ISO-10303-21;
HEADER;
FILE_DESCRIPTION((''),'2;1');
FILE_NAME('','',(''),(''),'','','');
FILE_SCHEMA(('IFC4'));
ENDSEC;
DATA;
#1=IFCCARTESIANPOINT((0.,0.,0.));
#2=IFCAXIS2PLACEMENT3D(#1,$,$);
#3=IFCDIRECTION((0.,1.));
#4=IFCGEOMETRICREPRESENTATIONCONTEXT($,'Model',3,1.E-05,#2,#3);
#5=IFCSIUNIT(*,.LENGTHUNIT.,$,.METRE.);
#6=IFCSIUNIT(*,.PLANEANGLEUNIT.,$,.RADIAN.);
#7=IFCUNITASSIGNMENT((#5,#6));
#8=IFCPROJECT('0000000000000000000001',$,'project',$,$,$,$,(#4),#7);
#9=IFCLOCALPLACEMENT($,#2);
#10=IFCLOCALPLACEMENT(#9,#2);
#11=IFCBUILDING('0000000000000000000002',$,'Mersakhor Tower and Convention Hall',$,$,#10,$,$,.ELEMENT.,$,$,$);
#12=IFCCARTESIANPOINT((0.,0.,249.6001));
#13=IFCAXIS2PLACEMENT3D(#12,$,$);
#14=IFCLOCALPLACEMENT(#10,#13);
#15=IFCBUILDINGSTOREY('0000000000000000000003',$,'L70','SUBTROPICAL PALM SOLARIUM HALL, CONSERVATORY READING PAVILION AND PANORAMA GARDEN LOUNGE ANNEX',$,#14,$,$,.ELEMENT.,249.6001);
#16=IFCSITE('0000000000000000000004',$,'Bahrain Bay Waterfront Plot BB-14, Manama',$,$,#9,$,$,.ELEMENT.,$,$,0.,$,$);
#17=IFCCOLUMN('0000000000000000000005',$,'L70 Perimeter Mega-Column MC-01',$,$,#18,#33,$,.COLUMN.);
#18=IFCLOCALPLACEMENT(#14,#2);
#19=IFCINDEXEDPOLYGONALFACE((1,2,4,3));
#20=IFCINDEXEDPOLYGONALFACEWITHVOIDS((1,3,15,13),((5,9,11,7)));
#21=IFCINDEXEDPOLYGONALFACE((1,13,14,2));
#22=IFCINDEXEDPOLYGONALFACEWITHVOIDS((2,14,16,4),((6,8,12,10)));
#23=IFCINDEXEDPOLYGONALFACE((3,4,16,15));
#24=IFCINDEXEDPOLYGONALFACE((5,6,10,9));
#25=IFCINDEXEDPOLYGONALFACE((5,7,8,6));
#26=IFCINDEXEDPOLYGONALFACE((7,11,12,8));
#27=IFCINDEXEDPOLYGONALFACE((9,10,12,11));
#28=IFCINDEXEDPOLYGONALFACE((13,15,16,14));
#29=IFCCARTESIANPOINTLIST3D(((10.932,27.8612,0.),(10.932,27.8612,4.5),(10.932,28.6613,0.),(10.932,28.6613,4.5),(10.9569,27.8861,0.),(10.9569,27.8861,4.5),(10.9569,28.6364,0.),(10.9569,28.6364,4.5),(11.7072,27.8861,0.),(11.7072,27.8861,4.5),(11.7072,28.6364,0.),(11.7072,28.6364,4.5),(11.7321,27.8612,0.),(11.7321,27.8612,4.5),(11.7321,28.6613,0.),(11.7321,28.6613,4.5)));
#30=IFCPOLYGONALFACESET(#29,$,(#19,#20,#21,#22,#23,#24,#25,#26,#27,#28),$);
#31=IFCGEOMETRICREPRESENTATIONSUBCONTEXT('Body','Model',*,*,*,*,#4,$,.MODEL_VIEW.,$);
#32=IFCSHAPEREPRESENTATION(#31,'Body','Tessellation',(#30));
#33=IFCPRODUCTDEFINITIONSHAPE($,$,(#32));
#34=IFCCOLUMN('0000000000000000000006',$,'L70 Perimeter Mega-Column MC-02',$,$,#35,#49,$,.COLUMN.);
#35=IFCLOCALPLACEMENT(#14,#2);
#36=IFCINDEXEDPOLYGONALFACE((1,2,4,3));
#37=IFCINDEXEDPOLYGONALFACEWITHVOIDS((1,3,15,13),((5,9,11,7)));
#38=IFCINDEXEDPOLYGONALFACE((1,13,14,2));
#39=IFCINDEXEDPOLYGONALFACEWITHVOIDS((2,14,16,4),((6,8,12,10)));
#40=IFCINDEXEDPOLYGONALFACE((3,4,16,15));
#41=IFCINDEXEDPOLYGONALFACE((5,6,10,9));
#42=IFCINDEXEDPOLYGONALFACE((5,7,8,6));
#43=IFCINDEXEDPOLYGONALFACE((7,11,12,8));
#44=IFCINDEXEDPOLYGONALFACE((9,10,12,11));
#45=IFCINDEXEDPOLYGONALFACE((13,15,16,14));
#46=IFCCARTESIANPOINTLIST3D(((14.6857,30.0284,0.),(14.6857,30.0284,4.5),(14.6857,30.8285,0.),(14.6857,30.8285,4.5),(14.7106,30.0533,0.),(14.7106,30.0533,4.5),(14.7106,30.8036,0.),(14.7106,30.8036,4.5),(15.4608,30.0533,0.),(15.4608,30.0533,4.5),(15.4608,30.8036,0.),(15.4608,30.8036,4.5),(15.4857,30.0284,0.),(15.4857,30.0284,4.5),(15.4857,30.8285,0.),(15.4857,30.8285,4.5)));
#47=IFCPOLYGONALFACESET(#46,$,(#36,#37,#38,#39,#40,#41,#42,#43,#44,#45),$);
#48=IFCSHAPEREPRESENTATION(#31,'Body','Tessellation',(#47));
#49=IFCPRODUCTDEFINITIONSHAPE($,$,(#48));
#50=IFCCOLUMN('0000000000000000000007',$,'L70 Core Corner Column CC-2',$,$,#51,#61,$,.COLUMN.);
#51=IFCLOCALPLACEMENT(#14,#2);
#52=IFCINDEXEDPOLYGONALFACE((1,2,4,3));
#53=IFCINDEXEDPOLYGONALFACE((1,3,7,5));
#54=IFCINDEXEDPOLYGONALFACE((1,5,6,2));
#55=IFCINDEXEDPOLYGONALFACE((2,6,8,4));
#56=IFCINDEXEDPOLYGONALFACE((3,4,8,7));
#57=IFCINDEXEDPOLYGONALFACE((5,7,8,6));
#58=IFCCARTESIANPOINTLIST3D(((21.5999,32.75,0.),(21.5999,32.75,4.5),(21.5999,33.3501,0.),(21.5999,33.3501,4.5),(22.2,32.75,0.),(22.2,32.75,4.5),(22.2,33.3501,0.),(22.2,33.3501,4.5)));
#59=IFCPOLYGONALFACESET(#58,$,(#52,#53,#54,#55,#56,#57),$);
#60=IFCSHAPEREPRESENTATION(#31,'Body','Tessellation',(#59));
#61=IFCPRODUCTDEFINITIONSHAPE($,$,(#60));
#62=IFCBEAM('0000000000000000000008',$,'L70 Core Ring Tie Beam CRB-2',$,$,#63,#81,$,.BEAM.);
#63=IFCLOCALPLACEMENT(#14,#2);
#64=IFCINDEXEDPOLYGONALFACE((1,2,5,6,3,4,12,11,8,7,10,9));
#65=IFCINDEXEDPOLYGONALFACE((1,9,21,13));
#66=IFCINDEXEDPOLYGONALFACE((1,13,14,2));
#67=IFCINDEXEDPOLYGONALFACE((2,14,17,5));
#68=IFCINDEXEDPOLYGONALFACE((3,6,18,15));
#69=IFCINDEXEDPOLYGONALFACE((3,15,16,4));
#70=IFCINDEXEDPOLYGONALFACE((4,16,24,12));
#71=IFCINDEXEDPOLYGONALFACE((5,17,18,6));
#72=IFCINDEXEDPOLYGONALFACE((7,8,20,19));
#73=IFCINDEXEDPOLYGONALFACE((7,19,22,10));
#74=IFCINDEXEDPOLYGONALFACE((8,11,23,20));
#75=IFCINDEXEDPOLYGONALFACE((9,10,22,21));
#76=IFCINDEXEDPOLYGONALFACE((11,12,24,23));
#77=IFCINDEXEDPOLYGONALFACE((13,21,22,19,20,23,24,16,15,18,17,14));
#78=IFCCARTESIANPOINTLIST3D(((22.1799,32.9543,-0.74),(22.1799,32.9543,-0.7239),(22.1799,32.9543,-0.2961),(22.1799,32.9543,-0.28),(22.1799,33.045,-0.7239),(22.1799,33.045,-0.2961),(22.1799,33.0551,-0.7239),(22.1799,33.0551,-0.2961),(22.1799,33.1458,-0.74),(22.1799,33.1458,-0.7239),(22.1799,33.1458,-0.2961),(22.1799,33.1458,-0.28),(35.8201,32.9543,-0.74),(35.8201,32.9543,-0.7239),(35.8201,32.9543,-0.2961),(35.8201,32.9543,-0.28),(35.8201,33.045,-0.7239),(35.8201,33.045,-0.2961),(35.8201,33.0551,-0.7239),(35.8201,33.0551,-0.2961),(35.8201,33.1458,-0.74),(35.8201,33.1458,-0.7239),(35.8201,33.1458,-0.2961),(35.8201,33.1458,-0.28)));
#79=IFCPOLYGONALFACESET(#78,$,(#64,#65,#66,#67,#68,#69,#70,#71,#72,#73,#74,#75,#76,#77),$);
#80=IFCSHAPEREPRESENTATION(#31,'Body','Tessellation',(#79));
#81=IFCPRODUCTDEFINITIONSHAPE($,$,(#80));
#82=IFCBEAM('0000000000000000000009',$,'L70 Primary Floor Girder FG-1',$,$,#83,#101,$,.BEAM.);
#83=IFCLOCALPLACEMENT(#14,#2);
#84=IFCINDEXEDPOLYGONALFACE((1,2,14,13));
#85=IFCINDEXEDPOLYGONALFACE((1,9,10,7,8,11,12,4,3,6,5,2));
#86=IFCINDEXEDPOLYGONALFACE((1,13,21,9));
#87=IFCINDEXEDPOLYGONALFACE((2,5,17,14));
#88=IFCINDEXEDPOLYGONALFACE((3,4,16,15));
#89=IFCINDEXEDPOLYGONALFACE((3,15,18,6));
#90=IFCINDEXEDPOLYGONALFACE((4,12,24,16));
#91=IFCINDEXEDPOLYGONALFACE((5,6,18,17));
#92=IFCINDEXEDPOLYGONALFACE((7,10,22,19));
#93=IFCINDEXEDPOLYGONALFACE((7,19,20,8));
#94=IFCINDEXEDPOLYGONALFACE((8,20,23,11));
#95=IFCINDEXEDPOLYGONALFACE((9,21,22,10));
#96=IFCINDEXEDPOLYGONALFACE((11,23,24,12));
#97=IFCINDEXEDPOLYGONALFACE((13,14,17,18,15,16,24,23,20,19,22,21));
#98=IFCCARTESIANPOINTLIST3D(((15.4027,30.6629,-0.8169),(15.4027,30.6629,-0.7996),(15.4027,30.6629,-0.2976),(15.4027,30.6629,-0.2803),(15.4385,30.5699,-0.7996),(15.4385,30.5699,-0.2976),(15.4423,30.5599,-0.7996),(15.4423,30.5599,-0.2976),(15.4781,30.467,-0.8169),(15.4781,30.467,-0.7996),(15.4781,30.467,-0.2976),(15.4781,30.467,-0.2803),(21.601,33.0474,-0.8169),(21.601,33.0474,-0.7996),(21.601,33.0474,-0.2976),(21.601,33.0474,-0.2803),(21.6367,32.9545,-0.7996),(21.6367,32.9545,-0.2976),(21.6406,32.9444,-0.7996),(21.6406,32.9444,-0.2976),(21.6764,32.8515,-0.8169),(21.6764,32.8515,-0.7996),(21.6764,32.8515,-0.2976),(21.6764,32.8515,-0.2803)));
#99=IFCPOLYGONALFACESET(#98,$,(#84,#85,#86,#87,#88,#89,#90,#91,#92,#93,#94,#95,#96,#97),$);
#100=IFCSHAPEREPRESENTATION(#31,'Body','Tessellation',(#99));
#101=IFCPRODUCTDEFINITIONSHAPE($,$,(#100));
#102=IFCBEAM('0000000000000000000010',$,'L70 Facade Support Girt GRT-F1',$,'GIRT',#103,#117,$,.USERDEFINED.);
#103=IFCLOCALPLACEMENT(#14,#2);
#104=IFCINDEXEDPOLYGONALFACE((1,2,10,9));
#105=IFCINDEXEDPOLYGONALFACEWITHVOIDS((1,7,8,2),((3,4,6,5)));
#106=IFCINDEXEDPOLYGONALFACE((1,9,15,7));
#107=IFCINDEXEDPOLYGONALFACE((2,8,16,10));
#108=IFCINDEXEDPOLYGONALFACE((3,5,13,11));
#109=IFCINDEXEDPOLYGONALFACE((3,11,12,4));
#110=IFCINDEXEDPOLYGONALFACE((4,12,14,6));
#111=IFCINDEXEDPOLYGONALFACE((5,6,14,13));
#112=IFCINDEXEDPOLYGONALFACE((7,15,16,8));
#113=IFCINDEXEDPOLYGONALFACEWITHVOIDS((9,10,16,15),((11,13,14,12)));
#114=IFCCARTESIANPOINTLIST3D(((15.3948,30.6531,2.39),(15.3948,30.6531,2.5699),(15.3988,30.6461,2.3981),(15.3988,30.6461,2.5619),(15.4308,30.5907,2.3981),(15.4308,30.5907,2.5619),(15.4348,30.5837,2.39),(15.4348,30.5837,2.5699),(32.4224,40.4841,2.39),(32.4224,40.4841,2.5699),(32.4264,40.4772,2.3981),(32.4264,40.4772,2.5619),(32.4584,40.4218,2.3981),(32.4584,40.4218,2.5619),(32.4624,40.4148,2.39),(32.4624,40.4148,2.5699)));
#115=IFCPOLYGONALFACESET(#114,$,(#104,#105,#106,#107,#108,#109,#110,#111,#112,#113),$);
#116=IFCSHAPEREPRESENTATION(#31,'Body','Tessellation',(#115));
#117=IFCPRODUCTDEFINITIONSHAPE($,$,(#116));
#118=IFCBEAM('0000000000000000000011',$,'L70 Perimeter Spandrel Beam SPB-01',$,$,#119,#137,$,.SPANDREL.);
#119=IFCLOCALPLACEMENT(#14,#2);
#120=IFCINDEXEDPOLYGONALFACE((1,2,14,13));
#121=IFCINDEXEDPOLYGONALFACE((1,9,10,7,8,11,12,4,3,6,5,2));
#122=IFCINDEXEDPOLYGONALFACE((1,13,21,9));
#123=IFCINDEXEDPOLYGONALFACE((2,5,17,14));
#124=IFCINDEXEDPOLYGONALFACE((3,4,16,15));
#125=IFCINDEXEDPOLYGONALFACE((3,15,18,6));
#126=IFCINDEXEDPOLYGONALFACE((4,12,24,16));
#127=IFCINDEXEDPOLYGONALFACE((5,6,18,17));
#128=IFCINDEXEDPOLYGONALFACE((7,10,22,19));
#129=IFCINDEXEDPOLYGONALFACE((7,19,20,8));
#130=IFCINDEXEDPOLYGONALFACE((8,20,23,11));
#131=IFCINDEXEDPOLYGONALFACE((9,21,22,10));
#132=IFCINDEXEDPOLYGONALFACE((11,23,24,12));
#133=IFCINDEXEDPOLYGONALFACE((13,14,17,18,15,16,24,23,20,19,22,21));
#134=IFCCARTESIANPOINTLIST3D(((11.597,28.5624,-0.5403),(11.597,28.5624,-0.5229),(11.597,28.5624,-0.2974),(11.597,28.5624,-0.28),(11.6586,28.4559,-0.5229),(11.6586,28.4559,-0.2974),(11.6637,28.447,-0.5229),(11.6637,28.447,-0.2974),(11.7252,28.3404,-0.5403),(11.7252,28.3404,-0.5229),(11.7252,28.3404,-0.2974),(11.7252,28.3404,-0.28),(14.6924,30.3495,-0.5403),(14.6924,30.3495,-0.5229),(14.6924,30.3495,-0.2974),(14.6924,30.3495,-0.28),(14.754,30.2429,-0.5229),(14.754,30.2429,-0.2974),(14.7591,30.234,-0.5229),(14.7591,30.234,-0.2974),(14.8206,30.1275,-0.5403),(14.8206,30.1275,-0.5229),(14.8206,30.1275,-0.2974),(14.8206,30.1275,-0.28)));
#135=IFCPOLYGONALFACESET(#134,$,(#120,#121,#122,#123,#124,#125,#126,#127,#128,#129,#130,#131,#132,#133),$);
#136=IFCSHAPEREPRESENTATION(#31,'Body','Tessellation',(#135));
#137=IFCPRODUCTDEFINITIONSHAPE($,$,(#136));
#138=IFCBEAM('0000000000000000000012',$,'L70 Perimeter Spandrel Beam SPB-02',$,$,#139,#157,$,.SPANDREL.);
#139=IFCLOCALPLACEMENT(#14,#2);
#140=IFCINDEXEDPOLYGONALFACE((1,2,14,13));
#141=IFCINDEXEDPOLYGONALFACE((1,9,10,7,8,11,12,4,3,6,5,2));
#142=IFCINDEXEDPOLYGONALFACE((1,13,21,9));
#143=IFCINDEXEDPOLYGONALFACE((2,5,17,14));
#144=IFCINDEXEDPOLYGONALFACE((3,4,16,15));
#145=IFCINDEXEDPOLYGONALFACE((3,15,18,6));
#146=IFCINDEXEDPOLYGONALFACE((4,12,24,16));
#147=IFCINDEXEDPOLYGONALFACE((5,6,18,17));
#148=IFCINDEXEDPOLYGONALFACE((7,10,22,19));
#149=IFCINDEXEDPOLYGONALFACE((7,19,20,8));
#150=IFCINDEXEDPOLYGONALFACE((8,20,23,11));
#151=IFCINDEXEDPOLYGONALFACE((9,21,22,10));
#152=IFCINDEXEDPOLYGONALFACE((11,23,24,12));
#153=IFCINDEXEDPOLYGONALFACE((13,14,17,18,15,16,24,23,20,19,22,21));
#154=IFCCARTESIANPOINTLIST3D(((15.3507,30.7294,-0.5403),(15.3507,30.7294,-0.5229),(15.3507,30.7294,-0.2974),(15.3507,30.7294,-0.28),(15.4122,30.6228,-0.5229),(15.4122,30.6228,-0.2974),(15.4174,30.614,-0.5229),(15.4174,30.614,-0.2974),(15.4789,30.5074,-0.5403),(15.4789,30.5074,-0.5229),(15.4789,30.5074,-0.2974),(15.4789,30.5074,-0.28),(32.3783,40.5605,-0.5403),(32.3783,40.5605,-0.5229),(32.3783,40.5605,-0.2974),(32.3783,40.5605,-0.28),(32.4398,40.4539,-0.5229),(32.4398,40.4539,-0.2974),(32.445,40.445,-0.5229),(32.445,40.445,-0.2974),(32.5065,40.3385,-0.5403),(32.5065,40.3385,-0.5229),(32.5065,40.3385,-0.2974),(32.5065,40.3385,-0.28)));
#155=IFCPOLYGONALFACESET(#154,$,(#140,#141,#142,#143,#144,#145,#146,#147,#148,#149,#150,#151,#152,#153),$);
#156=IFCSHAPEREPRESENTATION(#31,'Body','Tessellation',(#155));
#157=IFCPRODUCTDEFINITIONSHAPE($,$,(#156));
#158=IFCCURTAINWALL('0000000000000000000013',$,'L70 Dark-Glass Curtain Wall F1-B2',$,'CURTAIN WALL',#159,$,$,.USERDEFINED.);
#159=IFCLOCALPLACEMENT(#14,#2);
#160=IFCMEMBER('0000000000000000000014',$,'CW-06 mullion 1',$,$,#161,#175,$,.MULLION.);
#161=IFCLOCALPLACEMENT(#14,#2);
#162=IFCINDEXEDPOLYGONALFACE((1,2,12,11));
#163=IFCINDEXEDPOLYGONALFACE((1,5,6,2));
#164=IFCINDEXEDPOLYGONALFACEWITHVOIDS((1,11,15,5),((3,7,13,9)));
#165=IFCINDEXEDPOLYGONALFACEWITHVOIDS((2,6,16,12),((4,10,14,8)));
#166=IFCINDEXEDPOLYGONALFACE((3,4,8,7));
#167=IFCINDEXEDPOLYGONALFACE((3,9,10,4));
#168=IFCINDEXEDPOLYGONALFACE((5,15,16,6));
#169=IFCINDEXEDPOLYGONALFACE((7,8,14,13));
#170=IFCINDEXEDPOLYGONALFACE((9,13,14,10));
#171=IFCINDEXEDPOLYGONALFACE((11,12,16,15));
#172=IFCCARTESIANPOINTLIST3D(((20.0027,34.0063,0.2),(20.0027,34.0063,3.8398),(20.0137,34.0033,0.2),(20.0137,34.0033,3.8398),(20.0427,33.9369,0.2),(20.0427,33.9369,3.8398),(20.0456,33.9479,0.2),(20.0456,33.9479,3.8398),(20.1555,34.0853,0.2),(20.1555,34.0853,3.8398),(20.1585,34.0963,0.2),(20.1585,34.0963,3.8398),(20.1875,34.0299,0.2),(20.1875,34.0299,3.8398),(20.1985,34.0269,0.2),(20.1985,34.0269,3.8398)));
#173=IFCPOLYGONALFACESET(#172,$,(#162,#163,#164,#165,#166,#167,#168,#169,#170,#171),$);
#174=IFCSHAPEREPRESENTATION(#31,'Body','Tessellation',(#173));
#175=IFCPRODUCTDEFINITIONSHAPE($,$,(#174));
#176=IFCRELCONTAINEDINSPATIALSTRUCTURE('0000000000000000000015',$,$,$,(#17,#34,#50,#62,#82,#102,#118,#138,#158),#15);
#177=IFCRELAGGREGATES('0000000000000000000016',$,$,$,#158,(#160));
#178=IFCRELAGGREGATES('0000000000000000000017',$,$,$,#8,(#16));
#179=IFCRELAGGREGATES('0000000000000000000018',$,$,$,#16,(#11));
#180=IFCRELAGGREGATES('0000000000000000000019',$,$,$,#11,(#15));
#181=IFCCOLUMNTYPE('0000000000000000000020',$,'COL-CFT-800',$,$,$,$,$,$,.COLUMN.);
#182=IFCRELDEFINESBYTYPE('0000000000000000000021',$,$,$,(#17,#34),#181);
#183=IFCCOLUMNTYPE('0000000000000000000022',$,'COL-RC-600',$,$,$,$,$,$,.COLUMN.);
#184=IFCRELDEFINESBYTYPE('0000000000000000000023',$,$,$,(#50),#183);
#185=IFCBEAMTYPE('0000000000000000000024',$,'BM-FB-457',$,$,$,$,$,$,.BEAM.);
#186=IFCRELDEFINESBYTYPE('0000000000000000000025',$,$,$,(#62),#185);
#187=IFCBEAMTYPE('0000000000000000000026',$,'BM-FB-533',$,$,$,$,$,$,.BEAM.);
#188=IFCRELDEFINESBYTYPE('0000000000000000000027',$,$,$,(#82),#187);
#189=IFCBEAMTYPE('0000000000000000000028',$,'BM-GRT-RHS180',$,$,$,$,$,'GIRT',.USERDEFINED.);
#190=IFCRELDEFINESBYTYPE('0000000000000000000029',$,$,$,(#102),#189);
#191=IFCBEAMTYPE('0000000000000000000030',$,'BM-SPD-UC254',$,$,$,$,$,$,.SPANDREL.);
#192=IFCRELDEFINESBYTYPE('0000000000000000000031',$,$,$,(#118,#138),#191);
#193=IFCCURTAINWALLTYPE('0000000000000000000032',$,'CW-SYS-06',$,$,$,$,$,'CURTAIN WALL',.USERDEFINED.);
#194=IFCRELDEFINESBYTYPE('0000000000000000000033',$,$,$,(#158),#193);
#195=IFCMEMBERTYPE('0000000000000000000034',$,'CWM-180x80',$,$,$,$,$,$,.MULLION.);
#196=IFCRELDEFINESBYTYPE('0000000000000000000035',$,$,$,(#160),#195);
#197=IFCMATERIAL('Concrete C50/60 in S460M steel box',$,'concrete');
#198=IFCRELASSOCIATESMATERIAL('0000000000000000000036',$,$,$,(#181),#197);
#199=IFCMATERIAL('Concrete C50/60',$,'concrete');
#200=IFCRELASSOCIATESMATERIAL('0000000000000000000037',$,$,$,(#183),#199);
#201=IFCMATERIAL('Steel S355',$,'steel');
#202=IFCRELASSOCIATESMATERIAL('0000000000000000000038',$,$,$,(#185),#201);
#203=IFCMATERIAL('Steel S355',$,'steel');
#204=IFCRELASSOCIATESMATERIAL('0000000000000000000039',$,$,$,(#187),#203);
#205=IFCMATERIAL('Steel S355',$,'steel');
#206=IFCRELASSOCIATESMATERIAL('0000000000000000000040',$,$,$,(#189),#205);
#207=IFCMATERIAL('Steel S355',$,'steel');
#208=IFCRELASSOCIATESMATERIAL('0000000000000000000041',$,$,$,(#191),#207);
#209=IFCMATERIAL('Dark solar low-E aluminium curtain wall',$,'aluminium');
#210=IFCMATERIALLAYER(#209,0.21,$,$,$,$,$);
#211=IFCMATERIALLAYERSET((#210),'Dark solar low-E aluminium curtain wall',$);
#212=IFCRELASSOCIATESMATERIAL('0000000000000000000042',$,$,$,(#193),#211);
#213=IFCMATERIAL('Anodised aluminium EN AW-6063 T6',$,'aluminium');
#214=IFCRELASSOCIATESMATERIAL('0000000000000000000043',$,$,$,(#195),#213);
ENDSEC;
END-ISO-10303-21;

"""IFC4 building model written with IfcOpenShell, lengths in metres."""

from ifc_helpers import new_model, si_unit, direction, frame, origin, origin_2d, place, context, subcontext, project, spatial, rectangle, hollow_rectangle, i_section, extrude, material, layer, layer_set, material_profile, profile_set, type_object, element, aggregate, save


model = new_model("IFC4")

# Units and contexts
model_context = context("Model", 3, precision=1e-05, world=origin(), true_north=direction((0.0, 1.0)))
body_context = subcontext(model_context, "Body", "Model", "MODEL_VIEW")
ifc_project = project(units=[si_unit("LENGTHUNIT", "METRE"), si_unit("PLANEANGLEUNIT", "RADIAN")], contexts=[model_context])

# Site, building, storey
site_placement = place(None, origin())
site = spatial("IfcSite", under=ifc_project, at=site_placement, Name="Bahrain Bay Waterfront Plot BB-14, Manama", CompositionType="ELEMENT", RefElevation=0.0)
building_placement = place(site_placement, origin())
building = spatial("IfcBuilding", under=site, at=building_placement, Name="Mersakhor Tower and Convention Hall", CompositionType="ELEMENT")
storey_placement = place(building_placement, frame((0.0, 0.0, 249.6001)))
storey = spatial("IfcBuildingStorey", under=building, at=storey_placement, Name="L70", Description="SUBTROPICAL PALM SOLARIUM HALL, CONSERVATORY READING PAVILION AND PANORAMA GARDEN LOUNGE ANNEX", CompositionType="ELEMENT", Elevation=249.6001)

# Columns
ifc_material_1 = material(Name="Concrete C50/60 in S460M steel box", Category="concrete")
ifc_material_profile_1 = material_profile(ifc_material_1, hollow_rectangle(XDim=0.8, YDim=0.8, WallThickness=0.0249, at=origin_2d()), Name="SHS 800x800x25")
ifc_profile_set_1 = profile_set([ifc_material_profile_1], Name="Concrete C50/60 in S460M steel box")
column_type_1 = type_object("IfcColumnType", Name="COL-CFT-800", PredefinedType="COLUMN", material=ifc_profile_set_1)
for number, where, z_axis, x_axis, name in (
    (1, (11.332, 28.2612, 0.0), (0.0, 0.0, 1.0), (1.0, 0.0, 0.0), "L70 Perimeter Mega-Column MC-01"),
    (2, (15.0857, 30.4285, 0.0), (0.0, 0.0, 1.0), (1.0, 0.0, 0.0), "L70 Perimeter Mega-Column MC-02"),
):
    element("IfcColumn", number, at=place(storey_placement, frame(where, z_axis=z_axis, x_axis=x_axis)), inside=storey, type_object=column_type_1, Name=name, PredefinedType="COLUMN", context=body_context, shape_type="SweptSolid", body=[
        extrude(hollow_rectangle(XDim=0.8, YDim=0.8, WallThickness=0.0249, at=origin_2d()), origin(), (0.0, 0.0, 1.0), 4.5),
    ])
ifc_material_2 = material(Name="Concrete C50/60", Category="concrete")
ifc_material_profile_2 = material_profile(ifc_material_2, rectangle(XDim=0.6001, YDim=0.6001, at=origin_2d()), Name="RC 600x600")
ifc_profile_set_2 = profile_set([ifc_material_profile_2], Name="Concrete C50/60")
column_type_2 = type_object("IfcColumnType", Name="COL-RC-600", PredefinedType="COLUMN", material=ifc_profile_set_2)
column_placement = place(storey_placement, frame((21.8999, 33.05, 0.0), z_axis=(0.0, 0.0, 1.0), x_axis=(1.0, 0.0, 0.0)))
element("IfcColumn", 3, at=column_placement, inside=storey, type_object=column_type_2, Name="L70 Core Corner Column CC-2", PredefinedType="COLUMN", context=body_context, shape_type="SweptSolid", body=[
    extrude(rectangle(XDim=0.6001, YDim=0.6001, at=origin_2d()), origin(), (0.0, 0.0, 1.0), 4.5),
])

# Beams
ifc_material_3 = material(Name="Steel S355", Category="steel")
ifc_material_profile_3 = material_profile(ifc_material_3, i_section(OverallWidth=0.1914, OverallDepth=0.46, WebThickness=0.01, FlangeThickness=0.0161, at=origin_2d()), Name="UB 457x191x82")
ifc_profile_set_3 = profile_set([ifc_material_profile_3], Name="Steel S355")
beam_type_1 = type_object("IfcBeamType", Name="BM-FB-457", PredefinedType="BEAM", material=ifc_profile_set_3)
beam_1_placement = place(storey_placement, frame((22.1799, 33.05, -0.51), z_axis=(1.0, 0.0, 0.0), x_axis=(0.0, 1.0, 0.0)))
element("IfcBeam", 4, at=beam_1_placement, inside=storey, type_object=beam_type_1, Name="L70 Core Ring Tie Beam CRB-2", PredefinedType="BEAM", context=body_context, shape_type="SweptSolid", body=[
    extrude(i_section(OverallWidth=0.1914, OverallDepth=0.46, WebThickness=0.01, FlangeThickness=0.0161, at=origin_2d()), origin(), (0.0, 0.0, 1.0), 13.6401),
])
ifc_material_4 = material(Name="Steel S355", Category="steel")
ifc_material_profile_4 = material_profile(ifc_material_4, i_section(OverallWidth=0.21, OverallDepth=0.5366, WebThickness=0.0107, FlangeThickness=0.0173, at=origin_2d()), Name="UB 533x210x101")
ifc_profile_set_4 = profile_set([ifc_material_profile_4], Name="Steel S355")
beam_type_2 = type_object("IfcBeamType", Name="BM-FB-533", PredefinedType="BEAM", material=ifc_profile_set_4)
beam_2_placement = place(storey_placement, frame((21.6387, 32.9495, -0.5486), z_axis=(-0.933316, -0.359055, 0.0), x_axis=(0.359055, -0.933316, 0.0)))
element("IfcBeam", 5, at=beam_2_placement, inside=storey, type_object=beam_type_2, Name="L70 Primary Floor Girder FG-1", PredefinedType="BEAM", context=body_context, shape_type="SweptSolid", body=[
    extrude(i_section(OverallWidth=0.21, OverallDepth=0.5366, WebThickness=0.0107, FlangeThickness=0.0173, at=origin_2d()), origin(), (0.0, 0.0, 1.0), 6.6411),
])
ifc_material_5 = material(Name="Steel S355", Category="steel")
ifc_material_profile_5 = material_profile(ifc_material_5, hollow_rectangle(XDim=0.0801, YDim=0.1799, WallThickness=0.0081, at=origin_2d()), Name="RHS 180x80x8")
ifc_profile_set_5 = profile_set([ifc_material_profile_5], Name="Steel S355")
beam_type_3 = type_object("IfcBeamType", Name="BM-GRT-RHS180", ElementType="GIRT", PredefinedType="USERDEFINED", material=ifc_profile_set_5)
beam_3_placement = place(storey_placement, frame((15.4148, 30.6184, 2.48), z_axis=(0.866022, 0.500007, 0.0), x_axis=(-0.500007, 0.866022, 0.0)))
element("IfcBeam", 6, at=beam_3_placement, inside=storey, type_object=beam_type_3, Name="L70 Facade Support Girt GRT-F1", ObjectType="GIRT", PredefinedType="USERDEFINED", context=body_context, shape_type="SweptSolid", body=[
    extrude(hollow_rectangle(XDim=0.0801, YDim=0.1799, WallThickness=0.0081, at=origin_2d()), origin(), (0.0, 0.0, 1.0), 19.6619),
])
ifc_material_6 = material(Name="Steel S355", Category="steel")
ifc_material_profile_6 = material_profile(ifc_material_6, i_section(OverallWidth=0.2563, OverallDepth=0.2603, WebThickness=0.0103, FlangeThickness=0.0173, at=origin_2d()), Name="UC 254x254x89")
ifc_profile_set_6 = profile_set([ifc_material_profile_6], Name="Steel S355")
beam_type_4 = type_object("IfcBeamType", Name="BM-SPD-UC254", PredefinedType="SPANDREL", material=ifc_profile_set_6)
beam_4_placement = place(storey_placement, frame((11.6611, 28.4514, -0.4102), z_axis=(0.866032, 0.499989, 0.0), x_axis=(-0.499989, 0.866032, 0.0)))
element("IfcBeam", 7, at=beam_4_placement, inside=storey, type_object=beam_type_4, Name="L70 Perimeter Spandrel Beam SPB-01", PredefinedType="SPANDREL", context=body_context, shape_type="SweptSolid", body=[
    extrude(i_section(OverallWidth=0.2563, OverallDepth=0.2603, WebThickness=0.0103, FlangeThickness=0.0173, at=origin_2d()), origin(), (0.0, 0.0, 1.0), 3.5742),
])
beam_5_placement = place(storey_placement, frame((15.4148, 30.6184, -0.4102), z_axis=(0.866022, 0.500007, 0.0), x_axis=(-0.500007, 0.866022, 0.0)))
element("IfcBeam", 8, at=beam_5_placement, inside=storey, type_object=beam_type_4, Name="L70 Perimeter Spandrel Beam SPB-02", PredefinedType="SPANDREL", context=body_context, shape_type="SweptSolid", body=[
    extrude(i_section(OverallWidth=0.2563, OverallDepth=0.2603, WebThickness=0.0103, FlangeThickness=0.0173, at=origin_2d()), origin(), (0.0, 0.0, 1.0), 19.6619),
])

# Curtain wall, member
ifc_material_7 = material(Name="Dark solar low-E aluminium curtain wall", Category="aluminium")
ifc_layer_1 = layer(ifc_material_7, 0.21)
ifc_layer_set_1 = layer_set([ifc_layer_1], Name="Dark solar low-E aluminium curtain wall")
curtain_wall_type = type_object("IfcCurtainWallType", Name="CW-SYS-06", ElementType="CURTAIN WALL", PredefinedType="USERDEFINED", material=ifc_layer_set_1)
curtain_wall_placement = place(storey_placement, origin())
curtain_wall = element("IfcCurtainWall", 9, at=curtain_wall_placement, inside=storey, type_object=curtain_wall_type, Name="L70 Dark-Glass Curtain Wall F1-B2", ObjectType="CURTAIN WALL", PredefinedType="USERDEFINED")
ifc_material_8 = material(Name="Anodised aluminium EN AW-6063 T6", Category="aluminium")
ifc_material_profile_7 = material_profile(ifc_material_8, hollow_rectangle(XDim=0.0801, YDim=0.1799, WallThickness=0.0081, at=origin_2d()), Name="RHS 180x80x8")
ifc_profile_set_7 = profile_set([ifc_material_profile_7], Name="Anodised aluminium EN AW-6063 T6")
member_type_1 = type_object("IfcMemberType", Name="CWM-180x80", PredefinedType="MULLION", material=ifc_profile_set_7)
member_1_placement = place(storey_placement, frame((20.1006, 34.0166, 0.2), z_axis=(0.0, 0.0, 1.0), x_axis=(-0.500004, 0.866023, 0.0)))
member_1 = element("IfcMember", 10, at=member_1_placement, type_object=member_type_1, Name="CW-06 mullion 1", PredefinedType="MULLION", context=body_context, shape_type="SweptSolid", body=[
    extrude(hollow_rectangle(XDim=0.0801, YDim=0.1799, WallThickness=0.0081, at=origin_2d()), origin(), (0.0, 0.0, 1.0), 3.6399),
])

aggregate(curtain_wall, [member_1])

save(model, "model.ifc")
